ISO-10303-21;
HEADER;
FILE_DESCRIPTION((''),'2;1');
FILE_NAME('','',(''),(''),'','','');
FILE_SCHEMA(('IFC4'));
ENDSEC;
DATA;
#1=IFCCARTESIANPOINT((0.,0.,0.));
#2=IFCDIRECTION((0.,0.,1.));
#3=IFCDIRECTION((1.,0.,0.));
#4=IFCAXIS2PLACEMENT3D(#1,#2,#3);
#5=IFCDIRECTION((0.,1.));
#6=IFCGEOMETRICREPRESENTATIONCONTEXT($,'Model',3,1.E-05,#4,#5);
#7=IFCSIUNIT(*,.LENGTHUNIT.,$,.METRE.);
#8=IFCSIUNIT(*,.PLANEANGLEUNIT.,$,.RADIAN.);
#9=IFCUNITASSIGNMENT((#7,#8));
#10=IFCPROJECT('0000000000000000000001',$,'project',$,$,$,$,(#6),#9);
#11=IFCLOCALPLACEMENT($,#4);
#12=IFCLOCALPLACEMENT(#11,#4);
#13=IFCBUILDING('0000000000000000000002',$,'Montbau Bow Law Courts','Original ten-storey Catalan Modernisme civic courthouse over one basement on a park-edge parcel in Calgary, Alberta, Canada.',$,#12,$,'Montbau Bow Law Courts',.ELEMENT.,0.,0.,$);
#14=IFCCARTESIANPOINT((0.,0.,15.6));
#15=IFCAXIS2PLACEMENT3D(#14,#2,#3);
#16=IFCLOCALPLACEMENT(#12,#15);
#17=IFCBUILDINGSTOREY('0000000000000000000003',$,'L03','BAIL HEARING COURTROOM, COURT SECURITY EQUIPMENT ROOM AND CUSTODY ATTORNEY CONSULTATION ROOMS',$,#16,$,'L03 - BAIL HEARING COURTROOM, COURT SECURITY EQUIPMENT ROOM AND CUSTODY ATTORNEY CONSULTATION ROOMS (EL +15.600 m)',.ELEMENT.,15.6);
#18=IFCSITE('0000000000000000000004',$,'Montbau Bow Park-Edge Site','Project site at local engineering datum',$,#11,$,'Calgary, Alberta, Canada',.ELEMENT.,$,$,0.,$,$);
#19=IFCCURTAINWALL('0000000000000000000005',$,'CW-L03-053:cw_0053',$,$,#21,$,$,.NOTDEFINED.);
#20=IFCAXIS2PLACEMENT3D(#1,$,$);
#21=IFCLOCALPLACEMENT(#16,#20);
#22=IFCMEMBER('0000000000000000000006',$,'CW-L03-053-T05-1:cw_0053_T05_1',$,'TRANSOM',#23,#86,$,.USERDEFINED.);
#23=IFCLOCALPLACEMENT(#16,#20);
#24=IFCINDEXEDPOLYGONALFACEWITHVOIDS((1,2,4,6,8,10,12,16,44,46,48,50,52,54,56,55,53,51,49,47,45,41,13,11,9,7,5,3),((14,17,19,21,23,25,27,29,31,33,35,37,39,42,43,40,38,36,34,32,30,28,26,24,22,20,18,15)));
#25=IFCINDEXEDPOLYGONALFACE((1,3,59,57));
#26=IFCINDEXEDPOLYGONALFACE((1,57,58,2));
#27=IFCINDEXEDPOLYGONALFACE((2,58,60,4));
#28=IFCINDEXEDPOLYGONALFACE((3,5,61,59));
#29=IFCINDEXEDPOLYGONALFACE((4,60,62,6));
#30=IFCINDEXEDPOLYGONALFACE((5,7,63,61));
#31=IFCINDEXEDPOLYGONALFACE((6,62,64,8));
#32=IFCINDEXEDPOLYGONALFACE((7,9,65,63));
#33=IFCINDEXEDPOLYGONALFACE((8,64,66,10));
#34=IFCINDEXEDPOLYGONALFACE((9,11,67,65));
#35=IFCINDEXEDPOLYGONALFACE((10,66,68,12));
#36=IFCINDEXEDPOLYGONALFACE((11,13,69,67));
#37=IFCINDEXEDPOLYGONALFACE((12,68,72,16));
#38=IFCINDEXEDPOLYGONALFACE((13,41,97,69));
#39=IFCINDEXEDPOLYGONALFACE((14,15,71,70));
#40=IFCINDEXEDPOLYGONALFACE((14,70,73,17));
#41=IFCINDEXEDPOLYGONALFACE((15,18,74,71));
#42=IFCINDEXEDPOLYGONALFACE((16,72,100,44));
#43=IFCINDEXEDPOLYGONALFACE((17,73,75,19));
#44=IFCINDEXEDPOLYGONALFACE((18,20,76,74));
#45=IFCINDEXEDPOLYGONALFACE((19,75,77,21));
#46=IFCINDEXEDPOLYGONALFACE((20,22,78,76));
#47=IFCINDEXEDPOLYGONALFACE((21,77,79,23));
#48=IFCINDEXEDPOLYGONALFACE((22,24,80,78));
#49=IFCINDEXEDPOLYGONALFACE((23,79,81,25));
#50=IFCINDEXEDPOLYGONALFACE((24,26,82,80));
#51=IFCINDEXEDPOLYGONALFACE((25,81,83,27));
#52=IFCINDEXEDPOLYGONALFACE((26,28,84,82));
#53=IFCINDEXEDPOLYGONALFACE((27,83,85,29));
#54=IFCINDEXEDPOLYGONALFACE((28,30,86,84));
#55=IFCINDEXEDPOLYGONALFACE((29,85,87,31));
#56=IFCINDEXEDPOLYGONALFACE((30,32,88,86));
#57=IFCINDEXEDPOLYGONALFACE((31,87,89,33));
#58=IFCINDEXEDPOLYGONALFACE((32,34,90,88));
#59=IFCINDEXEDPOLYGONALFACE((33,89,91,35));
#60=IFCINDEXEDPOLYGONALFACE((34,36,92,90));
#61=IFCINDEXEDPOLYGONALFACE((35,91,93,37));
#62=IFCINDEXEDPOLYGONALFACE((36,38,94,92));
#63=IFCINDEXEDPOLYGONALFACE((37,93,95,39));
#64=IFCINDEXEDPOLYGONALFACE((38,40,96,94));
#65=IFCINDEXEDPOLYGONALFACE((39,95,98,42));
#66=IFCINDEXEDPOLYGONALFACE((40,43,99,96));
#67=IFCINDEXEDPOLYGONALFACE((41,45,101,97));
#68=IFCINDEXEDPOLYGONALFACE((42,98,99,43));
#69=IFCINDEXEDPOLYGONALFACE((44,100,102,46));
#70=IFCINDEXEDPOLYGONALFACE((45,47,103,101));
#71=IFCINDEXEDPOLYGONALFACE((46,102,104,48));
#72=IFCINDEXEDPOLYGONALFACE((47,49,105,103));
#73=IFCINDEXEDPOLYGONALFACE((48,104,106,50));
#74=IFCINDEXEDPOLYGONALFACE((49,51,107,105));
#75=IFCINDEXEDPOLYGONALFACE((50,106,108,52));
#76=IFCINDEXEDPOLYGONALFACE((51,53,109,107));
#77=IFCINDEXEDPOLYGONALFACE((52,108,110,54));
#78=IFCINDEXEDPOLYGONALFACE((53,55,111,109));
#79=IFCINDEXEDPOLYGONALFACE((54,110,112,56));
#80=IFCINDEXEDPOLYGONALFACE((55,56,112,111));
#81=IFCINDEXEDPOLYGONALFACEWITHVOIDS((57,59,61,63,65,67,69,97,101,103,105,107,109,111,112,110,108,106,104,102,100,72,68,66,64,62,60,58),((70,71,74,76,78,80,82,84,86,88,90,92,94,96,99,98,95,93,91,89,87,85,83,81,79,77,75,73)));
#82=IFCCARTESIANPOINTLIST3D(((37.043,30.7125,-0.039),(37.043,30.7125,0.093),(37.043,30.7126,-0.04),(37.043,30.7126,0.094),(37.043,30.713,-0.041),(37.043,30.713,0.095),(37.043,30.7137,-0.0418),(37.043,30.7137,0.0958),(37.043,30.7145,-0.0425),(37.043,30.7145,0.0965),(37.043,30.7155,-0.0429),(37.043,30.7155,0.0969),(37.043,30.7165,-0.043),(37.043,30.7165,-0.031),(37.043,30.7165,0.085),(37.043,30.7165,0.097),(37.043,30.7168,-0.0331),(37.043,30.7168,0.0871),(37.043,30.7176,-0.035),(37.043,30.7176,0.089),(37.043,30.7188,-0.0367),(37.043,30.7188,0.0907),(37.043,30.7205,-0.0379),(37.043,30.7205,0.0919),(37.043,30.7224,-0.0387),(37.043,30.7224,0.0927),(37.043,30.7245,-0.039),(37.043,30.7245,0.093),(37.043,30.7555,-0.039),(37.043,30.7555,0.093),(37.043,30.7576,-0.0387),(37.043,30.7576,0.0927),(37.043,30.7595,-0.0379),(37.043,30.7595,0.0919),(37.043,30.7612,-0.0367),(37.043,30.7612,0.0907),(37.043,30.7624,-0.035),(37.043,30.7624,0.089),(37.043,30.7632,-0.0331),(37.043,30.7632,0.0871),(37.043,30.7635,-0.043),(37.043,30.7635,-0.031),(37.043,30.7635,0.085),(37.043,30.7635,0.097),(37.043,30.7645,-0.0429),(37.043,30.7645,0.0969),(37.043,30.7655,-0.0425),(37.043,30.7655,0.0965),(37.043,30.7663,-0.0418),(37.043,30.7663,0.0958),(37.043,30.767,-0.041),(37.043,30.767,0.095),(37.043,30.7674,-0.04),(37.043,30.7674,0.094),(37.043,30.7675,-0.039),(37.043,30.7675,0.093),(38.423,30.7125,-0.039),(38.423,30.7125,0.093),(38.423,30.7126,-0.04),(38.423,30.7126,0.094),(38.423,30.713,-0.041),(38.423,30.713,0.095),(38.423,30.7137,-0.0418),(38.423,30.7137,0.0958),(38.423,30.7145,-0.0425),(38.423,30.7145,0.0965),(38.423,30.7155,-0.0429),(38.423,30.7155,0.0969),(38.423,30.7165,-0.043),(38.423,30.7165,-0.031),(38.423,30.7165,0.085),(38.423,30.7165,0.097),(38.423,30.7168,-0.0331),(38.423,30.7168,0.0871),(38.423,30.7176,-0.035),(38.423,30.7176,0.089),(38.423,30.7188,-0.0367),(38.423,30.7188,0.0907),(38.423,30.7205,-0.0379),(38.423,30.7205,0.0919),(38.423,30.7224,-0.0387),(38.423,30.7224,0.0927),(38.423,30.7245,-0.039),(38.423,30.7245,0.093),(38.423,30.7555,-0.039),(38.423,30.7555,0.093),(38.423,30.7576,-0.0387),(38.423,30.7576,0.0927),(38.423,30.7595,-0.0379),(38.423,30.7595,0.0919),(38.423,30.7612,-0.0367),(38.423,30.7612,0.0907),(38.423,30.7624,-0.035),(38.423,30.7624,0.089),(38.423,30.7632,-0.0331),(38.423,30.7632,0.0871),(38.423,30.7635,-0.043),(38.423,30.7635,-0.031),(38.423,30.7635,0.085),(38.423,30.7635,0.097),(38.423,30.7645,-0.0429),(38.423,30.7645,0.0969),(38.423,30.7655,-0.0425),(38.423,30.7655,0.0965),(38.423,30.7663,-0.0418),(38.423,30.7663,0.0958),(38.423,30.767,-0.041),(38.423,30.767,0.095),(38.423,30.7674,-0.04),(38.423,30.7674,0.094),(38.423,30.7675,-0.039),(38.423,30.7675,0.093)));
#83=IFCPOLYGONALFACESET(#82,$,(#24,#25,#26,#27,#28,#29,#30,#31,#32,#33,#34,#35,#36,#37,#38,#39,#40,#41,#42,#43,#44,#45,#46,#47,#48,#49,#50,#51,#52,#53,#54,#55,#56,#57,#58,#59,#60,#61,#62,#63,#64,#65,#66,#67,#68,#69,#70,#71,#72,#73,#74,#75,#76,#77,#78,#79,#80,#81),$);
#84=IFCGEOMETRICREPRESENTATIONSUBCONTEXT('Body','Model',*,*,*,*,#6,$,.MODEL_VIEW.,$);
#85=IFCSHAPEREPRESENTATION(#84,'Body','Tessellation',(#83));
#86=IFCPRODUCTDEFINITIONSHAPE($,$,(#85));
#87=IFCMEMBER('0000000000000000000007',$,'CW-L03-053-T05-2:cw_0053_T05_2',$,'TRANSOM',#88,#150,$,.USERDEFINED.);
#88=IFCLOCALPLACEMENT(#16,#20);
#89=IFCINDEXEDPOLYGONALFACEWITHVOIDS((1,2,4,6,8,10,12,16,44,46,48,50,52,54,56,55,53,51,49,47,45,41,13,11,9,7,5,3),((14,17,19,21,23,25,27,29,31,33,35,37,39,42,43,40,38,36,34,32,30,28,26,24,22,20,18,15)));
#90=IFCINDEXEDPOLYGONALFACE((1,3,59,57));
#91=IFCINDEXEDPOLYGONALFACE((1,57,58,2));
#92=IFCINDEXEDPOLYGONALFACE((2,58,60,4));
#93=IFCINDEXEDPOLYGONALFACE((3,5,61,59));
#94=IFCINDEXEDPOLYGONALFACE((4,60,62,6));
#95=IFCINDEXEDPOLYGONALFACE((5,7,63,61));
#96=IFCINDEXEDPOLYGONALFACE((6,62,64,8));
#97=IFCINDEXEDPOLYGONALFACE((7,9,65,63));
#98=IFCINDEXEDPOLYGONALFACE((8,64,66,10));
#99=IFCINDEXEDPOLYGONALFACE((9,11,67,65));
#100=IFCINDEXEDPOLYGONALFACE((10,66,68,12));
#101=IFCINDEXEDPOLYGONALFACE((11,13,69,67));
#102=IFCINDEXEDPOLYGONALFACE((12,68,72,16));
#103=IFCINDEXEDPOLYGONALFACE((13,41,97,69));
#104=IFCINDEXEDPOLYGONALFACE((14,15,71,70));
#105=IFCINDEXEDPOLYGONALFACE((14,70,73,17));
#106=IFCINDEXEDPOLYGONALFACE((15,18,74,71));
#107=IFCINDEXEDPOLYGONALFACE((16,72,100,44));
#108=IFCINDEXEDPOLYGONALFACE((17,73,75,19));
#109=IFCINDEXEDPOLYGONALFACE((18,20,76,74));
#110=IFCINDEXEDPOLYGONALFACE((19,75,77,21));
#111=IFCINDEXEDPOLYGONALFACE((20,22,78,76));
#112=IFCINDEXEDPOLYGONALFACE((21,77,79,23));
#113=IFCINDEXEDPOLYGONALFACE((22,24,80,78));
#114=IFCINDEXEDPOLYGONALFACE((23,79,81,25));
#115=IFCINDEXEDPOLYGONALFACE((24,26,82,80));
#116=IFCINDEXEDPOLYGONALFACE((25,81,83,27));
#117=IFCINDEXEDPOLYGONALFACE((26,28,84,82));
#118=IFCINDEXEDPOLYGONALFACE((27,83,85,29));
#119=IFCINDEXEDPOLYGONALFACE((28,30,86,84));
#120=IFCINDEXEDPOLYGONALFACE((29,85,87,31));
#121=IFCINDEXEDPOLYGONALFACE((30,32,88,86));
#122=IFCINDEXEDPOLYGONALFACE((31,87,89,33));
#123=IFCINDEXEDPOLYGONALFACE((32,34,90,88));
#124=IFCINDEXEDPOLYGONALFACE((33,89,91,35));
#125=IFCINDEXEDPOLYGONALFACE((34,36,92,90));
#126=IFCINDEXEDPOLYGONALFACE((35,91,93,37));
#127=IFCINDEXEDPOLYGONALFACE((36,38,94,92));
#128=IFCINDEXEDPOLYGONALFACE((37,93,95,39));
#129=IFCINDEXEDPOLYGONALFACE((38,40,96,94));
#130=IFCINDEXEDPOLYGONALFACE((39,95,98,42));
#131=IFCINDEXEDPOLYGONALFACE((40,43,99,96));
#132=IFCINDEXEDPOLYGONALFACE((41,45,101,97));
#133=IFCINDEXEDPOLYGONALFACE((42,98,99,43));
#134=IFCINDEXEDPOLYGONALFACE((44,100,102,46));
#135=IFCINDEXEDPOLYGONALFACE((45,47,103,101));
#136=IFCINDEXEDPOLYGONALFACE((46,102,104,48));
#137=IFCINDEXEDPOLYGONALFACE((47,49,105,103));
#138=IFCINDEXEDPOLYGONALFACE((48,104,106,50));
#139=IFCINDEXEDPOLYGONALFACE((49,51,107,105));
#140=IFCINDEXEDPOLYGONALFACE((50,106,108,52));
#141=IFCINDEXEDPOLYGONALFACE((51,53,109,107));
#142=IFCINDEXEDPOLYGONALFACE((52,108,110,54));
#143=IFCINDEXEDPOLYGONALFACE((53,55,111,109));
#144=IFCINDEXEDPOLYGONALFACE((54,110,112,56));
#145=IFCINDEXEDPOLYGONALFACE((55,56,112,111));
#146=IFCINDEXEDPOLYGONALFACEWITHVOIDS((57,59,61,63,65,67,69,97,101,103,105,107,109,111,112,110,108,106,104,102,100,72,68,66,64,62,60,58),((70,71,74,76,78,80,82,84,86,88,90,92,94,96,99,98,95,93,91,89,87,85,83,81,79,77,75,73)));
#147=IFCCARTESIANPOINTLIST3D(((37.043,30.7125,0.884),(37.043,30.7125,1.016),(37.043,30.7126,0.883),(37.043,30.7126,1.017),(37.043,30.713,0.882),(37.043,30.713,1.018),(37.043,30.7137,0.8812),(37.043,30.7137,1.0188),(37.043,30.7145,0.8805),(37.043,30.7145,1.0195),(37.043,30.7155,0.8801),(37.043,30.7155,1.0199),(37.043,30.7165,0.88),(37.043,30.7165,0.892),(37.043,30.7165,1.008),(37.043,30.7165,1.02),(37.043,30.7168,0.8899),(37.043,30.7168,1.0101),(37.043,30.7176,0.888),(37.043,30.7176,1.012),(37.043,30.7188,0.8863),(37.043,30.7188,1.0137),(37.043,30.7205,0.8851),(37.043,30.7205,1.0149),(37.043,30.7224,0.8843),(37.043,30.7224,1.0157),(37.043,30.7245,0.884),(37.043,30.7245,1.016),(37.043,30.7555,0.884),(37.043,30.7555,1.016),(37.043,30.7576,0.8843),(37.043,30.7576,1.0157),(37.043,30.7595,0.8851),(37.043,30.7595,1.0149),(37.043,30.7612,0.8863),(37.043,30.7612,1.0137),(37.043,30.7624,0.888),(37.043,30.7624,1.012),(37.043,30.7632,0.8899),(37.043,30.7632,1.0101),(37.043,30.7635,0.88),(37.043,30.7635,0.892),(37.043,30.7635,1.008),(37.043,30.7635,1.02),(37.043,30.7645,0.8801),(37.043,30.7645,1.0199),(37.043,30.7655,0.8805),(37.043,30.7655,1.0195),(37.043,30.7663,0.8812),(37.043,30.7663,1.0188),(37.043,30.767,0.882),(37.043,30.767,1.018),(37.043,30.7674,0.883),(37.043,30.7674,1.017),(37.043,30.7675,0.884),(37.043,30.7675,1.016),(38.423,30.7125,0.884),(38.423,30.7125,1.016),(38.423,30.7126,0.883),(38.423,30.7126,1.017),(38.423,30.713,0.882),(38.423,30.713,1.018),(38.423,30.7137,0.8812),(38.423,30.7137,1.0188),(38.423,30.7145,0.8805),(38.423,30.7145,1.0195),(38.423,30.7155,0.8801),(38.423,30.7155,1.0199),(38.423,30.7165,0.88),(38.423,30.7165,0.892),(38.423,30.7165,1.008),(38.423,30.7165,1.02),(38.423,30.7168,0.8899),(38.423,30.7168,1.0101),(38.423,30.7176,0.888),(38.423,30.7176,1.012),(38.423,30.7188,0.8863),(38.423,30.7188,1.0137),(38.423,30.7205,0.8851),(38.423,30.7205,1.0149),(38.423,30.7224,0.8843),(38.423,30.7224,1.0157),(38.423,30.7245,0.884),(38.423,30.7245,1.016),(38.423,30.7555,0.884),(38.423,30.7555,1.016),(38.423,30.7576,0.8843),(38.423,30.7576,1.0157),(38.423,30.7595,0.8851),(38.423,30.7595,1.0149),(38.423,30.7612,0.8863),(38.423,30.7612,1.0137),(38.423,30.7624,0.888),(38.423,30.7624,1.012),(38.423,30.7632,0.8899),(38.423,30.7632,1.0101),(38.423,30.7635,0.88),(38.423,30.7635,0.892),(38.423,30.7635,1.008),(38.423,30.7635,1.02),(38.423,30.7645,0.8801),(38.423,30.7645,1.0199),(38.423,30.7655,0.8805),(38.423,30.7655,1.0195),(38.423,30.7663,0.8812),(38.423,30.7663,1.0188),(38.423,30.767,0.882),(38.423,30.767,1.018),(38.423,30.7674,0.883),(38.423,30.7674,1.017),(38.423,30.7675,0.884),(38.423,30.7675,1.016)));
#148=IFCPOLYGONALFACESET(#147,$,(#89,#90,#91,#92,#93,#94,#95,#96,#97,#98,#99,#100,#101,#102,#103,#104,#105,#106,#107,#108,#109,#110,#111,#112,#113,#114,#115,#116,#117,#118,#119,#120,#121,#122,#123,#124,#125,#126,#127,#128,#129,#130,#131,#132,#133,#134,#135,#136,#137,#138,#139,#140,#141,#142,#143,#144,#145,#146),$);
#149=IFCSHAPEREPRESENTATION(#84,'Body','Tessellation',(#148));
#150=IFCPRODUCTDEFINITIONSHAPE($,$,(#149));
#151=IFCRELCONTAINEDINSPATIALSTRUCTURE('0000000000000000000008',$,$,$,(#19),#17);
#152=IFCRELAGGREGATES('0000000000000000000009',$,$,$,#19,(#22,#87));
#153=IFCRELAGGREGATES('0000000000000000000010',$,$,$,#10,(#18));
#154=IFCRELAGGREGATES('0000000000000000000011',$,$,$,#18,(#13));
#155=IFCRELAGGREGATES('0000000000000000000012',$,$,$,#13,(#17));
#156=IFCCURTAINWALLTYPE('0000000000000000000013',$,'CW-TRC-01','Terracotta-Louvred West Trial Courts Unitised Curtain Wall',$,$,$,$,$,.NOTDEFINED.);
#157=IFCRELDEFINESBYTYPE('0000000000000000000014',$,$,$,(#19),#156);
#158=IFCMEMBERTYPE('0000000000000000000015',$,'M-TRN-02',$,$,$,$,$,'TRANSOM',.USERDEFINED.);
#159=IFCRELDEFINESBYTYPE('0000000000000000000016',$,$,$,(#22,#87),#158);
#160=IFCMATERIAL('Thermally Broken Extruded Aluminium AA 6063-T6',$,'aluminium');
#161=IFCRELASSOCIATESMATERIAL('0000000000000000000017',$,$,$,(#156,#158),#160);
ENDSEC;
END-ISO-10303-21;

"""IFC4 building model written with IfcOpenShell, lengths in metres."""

from ifc_helpers import new_model, si_unit, direction, frame, origin_with_axes, origin_2d_with_axis, place, context, subcontext, project, spatial, hollow_rectangle, extrude, material, material_profile, profile_set, type_object, element, aggregate, save


model = new_model("IFC4")

# Units and contexts
model_context = context("Model", 3, precision=1e-05, world=origin_with_axes(), true_north=direction((0.0, 1.0)))
body_context = subcontext(model_context, "Body", "Model", "MODEL_VIEW")
ifc_project = project(units=[si_unit("LENGTHUNIT", "METRE"), si_unit("PLANEANGLEUNIT", "RADIAN")], contexts=[model_context])

# Site, building, storey
site_placement = place(None, origin_with_axes())
site = spatial("IfcSite", under=ifc_project, at=site_placement, Name="Montbau Bow Park-Edge Site", Description="Project site at local engineering datum", LongName="Calgary, Alberta, Canada", CompositionType="ELEMENT", RefElevation=0.0)
building_placement = place(site_placement, origin_with_axes())
building = spatial("IfcBuilding", under=site, at=building_placement, Name="Montbau Bow Law Courts", Description="Original ten-storey Catalan Modernisme civic courthouse over one basement on a park-edge parcel in Calgary, Alberta, Canada.", LongName="Montbau Bow Law Courts", CompositionType="ELEMENT", ElevationOfRefHeight=0.0, ElevationOfTerrain=0.0)
storey_placement = place(building_placement, frame((0.0, 0.0, 15.6), z_axis=(0.0, 0.0, 1.0), x_axis=(1.0, 0.0, 0.0)))
storey = spatial("IfcBuildingStorey", under=building, at=storey_placement, Name="L03", Description="BAIL HEARING COURTROOM, COURT SECURITY EQUIPMENT ROOM AND CUSTODY ATTORNEY CONSULTATION ROOMS", LongName="L03 - BAIL HEARING COURTROOM, COURT SECURITY EQUIPMENT ROOM AND CUSTODY ATTORNEY CONSULTATION ROOMS (EL +15.600 m)", CompositionType="ELEMENT", Elevation=15.6)

# Shared definitions
ifc_material_1 = material(Name="Thermally Broken Extruded Aluminium AA 6063-T6", Category="aluminium")
curtain_wall_type = type_object("IfcCurtainWallType", Name="CW-TRC-01", Description="Terracotta-Louvred West Trial Courts Unitised Curtain Wall", PredefinedType="NOTDEFINED", material=ifc_material_1)

# Curtain wall
curtain_wall_1_placement = place(None, frame((31.115, 30.74, 15.6), z_axis=(0.0, 0.0, 1.0), x_axis=(1.0, 0.0, 0.0)))
curtain_wall_1 = element("IfcCurtainWall", 1, at=curtain_wall_1_placement, inside=storey, type_object=curtain_wall_type, Name="CW-L03-053:cw_0053", PredefinedType="NOTDEFINED")

# Members
ifc_material_profile_1 = material_profile(ifc_material_1, hollow_rectangle(XDim=0.055, YDim=0.14, WallThickness=0.004, InnerFilletRadius=0.008, OuterFilletRadius=0.004, at=origin_2d_with_axis()), Name="CWT-140X55", Category="Main", Priority=0)
ifc_profile_set_1 = profile_set([ifc_material_profile_1], Name="Thermally Broken Extruded Aluminium AA 6063-T6")
member_type_1 = type_object("IfcMemberType", Name="M-TRN-02", ElementType="TRANSOM", PredefinedType="USERDEFINED", material=ifc_profile_set_1)
member_1_placement = place(None, frame((37.043, 30.74, 15.627), z_axis=(1.0, 0.0, 0.0), x_axis=(0.0, 1.0, 0.0)))
member_1 = element("IfcMember", 2, at=member_1_placement, type_object=member_type_1, Name="CW-L03-053-T05-1:cw_0053_T05_1", ObjectType="TRANSOM", PredefinedType="USERDEFINED", context=body_context, shape_type="SweptSolid", body=[
    extrude(hollow_rectangle(XDim=0.055, YDim=0.14, WallThickness=0.004, InnerFilletRadius=0.008, OuterFilletRadius=0.004, at=origin_2d_with_axis()), origin_with_axes(), (0.0, 0.0, 1.0), 1.38),
])
member_2_placement = place(None, frame((37.043, 30.74, 16.55), z_axis=(1.0, 0.0, 0.0), x_axis=(0.0, 1.0, 0.0)))
member_2 = element("IfcMember", 3, at=member_2_placement, type_object=member_type_1, Name="CW-L03-053-T05-2:cw_0053_T05_2", ObjectType="TRANSOM", PredefinedType="USERDEFINED", context=body_context, shape_type="SweptSolid", body=[
    extrude(hollow_rectangle(XDim=0.055, YDim=0.14, WallThickness=0.004, InnerFilletRadius=0.008, OuterFilletRadius=0.004, at=origin_2d_with_axis()), origin_with_axes(), (0.0, 0.0, 1.0), 1.38),
])

aggregate(curtain_wall_1, [member_1, member_2])

save(model, "model.ifc")
